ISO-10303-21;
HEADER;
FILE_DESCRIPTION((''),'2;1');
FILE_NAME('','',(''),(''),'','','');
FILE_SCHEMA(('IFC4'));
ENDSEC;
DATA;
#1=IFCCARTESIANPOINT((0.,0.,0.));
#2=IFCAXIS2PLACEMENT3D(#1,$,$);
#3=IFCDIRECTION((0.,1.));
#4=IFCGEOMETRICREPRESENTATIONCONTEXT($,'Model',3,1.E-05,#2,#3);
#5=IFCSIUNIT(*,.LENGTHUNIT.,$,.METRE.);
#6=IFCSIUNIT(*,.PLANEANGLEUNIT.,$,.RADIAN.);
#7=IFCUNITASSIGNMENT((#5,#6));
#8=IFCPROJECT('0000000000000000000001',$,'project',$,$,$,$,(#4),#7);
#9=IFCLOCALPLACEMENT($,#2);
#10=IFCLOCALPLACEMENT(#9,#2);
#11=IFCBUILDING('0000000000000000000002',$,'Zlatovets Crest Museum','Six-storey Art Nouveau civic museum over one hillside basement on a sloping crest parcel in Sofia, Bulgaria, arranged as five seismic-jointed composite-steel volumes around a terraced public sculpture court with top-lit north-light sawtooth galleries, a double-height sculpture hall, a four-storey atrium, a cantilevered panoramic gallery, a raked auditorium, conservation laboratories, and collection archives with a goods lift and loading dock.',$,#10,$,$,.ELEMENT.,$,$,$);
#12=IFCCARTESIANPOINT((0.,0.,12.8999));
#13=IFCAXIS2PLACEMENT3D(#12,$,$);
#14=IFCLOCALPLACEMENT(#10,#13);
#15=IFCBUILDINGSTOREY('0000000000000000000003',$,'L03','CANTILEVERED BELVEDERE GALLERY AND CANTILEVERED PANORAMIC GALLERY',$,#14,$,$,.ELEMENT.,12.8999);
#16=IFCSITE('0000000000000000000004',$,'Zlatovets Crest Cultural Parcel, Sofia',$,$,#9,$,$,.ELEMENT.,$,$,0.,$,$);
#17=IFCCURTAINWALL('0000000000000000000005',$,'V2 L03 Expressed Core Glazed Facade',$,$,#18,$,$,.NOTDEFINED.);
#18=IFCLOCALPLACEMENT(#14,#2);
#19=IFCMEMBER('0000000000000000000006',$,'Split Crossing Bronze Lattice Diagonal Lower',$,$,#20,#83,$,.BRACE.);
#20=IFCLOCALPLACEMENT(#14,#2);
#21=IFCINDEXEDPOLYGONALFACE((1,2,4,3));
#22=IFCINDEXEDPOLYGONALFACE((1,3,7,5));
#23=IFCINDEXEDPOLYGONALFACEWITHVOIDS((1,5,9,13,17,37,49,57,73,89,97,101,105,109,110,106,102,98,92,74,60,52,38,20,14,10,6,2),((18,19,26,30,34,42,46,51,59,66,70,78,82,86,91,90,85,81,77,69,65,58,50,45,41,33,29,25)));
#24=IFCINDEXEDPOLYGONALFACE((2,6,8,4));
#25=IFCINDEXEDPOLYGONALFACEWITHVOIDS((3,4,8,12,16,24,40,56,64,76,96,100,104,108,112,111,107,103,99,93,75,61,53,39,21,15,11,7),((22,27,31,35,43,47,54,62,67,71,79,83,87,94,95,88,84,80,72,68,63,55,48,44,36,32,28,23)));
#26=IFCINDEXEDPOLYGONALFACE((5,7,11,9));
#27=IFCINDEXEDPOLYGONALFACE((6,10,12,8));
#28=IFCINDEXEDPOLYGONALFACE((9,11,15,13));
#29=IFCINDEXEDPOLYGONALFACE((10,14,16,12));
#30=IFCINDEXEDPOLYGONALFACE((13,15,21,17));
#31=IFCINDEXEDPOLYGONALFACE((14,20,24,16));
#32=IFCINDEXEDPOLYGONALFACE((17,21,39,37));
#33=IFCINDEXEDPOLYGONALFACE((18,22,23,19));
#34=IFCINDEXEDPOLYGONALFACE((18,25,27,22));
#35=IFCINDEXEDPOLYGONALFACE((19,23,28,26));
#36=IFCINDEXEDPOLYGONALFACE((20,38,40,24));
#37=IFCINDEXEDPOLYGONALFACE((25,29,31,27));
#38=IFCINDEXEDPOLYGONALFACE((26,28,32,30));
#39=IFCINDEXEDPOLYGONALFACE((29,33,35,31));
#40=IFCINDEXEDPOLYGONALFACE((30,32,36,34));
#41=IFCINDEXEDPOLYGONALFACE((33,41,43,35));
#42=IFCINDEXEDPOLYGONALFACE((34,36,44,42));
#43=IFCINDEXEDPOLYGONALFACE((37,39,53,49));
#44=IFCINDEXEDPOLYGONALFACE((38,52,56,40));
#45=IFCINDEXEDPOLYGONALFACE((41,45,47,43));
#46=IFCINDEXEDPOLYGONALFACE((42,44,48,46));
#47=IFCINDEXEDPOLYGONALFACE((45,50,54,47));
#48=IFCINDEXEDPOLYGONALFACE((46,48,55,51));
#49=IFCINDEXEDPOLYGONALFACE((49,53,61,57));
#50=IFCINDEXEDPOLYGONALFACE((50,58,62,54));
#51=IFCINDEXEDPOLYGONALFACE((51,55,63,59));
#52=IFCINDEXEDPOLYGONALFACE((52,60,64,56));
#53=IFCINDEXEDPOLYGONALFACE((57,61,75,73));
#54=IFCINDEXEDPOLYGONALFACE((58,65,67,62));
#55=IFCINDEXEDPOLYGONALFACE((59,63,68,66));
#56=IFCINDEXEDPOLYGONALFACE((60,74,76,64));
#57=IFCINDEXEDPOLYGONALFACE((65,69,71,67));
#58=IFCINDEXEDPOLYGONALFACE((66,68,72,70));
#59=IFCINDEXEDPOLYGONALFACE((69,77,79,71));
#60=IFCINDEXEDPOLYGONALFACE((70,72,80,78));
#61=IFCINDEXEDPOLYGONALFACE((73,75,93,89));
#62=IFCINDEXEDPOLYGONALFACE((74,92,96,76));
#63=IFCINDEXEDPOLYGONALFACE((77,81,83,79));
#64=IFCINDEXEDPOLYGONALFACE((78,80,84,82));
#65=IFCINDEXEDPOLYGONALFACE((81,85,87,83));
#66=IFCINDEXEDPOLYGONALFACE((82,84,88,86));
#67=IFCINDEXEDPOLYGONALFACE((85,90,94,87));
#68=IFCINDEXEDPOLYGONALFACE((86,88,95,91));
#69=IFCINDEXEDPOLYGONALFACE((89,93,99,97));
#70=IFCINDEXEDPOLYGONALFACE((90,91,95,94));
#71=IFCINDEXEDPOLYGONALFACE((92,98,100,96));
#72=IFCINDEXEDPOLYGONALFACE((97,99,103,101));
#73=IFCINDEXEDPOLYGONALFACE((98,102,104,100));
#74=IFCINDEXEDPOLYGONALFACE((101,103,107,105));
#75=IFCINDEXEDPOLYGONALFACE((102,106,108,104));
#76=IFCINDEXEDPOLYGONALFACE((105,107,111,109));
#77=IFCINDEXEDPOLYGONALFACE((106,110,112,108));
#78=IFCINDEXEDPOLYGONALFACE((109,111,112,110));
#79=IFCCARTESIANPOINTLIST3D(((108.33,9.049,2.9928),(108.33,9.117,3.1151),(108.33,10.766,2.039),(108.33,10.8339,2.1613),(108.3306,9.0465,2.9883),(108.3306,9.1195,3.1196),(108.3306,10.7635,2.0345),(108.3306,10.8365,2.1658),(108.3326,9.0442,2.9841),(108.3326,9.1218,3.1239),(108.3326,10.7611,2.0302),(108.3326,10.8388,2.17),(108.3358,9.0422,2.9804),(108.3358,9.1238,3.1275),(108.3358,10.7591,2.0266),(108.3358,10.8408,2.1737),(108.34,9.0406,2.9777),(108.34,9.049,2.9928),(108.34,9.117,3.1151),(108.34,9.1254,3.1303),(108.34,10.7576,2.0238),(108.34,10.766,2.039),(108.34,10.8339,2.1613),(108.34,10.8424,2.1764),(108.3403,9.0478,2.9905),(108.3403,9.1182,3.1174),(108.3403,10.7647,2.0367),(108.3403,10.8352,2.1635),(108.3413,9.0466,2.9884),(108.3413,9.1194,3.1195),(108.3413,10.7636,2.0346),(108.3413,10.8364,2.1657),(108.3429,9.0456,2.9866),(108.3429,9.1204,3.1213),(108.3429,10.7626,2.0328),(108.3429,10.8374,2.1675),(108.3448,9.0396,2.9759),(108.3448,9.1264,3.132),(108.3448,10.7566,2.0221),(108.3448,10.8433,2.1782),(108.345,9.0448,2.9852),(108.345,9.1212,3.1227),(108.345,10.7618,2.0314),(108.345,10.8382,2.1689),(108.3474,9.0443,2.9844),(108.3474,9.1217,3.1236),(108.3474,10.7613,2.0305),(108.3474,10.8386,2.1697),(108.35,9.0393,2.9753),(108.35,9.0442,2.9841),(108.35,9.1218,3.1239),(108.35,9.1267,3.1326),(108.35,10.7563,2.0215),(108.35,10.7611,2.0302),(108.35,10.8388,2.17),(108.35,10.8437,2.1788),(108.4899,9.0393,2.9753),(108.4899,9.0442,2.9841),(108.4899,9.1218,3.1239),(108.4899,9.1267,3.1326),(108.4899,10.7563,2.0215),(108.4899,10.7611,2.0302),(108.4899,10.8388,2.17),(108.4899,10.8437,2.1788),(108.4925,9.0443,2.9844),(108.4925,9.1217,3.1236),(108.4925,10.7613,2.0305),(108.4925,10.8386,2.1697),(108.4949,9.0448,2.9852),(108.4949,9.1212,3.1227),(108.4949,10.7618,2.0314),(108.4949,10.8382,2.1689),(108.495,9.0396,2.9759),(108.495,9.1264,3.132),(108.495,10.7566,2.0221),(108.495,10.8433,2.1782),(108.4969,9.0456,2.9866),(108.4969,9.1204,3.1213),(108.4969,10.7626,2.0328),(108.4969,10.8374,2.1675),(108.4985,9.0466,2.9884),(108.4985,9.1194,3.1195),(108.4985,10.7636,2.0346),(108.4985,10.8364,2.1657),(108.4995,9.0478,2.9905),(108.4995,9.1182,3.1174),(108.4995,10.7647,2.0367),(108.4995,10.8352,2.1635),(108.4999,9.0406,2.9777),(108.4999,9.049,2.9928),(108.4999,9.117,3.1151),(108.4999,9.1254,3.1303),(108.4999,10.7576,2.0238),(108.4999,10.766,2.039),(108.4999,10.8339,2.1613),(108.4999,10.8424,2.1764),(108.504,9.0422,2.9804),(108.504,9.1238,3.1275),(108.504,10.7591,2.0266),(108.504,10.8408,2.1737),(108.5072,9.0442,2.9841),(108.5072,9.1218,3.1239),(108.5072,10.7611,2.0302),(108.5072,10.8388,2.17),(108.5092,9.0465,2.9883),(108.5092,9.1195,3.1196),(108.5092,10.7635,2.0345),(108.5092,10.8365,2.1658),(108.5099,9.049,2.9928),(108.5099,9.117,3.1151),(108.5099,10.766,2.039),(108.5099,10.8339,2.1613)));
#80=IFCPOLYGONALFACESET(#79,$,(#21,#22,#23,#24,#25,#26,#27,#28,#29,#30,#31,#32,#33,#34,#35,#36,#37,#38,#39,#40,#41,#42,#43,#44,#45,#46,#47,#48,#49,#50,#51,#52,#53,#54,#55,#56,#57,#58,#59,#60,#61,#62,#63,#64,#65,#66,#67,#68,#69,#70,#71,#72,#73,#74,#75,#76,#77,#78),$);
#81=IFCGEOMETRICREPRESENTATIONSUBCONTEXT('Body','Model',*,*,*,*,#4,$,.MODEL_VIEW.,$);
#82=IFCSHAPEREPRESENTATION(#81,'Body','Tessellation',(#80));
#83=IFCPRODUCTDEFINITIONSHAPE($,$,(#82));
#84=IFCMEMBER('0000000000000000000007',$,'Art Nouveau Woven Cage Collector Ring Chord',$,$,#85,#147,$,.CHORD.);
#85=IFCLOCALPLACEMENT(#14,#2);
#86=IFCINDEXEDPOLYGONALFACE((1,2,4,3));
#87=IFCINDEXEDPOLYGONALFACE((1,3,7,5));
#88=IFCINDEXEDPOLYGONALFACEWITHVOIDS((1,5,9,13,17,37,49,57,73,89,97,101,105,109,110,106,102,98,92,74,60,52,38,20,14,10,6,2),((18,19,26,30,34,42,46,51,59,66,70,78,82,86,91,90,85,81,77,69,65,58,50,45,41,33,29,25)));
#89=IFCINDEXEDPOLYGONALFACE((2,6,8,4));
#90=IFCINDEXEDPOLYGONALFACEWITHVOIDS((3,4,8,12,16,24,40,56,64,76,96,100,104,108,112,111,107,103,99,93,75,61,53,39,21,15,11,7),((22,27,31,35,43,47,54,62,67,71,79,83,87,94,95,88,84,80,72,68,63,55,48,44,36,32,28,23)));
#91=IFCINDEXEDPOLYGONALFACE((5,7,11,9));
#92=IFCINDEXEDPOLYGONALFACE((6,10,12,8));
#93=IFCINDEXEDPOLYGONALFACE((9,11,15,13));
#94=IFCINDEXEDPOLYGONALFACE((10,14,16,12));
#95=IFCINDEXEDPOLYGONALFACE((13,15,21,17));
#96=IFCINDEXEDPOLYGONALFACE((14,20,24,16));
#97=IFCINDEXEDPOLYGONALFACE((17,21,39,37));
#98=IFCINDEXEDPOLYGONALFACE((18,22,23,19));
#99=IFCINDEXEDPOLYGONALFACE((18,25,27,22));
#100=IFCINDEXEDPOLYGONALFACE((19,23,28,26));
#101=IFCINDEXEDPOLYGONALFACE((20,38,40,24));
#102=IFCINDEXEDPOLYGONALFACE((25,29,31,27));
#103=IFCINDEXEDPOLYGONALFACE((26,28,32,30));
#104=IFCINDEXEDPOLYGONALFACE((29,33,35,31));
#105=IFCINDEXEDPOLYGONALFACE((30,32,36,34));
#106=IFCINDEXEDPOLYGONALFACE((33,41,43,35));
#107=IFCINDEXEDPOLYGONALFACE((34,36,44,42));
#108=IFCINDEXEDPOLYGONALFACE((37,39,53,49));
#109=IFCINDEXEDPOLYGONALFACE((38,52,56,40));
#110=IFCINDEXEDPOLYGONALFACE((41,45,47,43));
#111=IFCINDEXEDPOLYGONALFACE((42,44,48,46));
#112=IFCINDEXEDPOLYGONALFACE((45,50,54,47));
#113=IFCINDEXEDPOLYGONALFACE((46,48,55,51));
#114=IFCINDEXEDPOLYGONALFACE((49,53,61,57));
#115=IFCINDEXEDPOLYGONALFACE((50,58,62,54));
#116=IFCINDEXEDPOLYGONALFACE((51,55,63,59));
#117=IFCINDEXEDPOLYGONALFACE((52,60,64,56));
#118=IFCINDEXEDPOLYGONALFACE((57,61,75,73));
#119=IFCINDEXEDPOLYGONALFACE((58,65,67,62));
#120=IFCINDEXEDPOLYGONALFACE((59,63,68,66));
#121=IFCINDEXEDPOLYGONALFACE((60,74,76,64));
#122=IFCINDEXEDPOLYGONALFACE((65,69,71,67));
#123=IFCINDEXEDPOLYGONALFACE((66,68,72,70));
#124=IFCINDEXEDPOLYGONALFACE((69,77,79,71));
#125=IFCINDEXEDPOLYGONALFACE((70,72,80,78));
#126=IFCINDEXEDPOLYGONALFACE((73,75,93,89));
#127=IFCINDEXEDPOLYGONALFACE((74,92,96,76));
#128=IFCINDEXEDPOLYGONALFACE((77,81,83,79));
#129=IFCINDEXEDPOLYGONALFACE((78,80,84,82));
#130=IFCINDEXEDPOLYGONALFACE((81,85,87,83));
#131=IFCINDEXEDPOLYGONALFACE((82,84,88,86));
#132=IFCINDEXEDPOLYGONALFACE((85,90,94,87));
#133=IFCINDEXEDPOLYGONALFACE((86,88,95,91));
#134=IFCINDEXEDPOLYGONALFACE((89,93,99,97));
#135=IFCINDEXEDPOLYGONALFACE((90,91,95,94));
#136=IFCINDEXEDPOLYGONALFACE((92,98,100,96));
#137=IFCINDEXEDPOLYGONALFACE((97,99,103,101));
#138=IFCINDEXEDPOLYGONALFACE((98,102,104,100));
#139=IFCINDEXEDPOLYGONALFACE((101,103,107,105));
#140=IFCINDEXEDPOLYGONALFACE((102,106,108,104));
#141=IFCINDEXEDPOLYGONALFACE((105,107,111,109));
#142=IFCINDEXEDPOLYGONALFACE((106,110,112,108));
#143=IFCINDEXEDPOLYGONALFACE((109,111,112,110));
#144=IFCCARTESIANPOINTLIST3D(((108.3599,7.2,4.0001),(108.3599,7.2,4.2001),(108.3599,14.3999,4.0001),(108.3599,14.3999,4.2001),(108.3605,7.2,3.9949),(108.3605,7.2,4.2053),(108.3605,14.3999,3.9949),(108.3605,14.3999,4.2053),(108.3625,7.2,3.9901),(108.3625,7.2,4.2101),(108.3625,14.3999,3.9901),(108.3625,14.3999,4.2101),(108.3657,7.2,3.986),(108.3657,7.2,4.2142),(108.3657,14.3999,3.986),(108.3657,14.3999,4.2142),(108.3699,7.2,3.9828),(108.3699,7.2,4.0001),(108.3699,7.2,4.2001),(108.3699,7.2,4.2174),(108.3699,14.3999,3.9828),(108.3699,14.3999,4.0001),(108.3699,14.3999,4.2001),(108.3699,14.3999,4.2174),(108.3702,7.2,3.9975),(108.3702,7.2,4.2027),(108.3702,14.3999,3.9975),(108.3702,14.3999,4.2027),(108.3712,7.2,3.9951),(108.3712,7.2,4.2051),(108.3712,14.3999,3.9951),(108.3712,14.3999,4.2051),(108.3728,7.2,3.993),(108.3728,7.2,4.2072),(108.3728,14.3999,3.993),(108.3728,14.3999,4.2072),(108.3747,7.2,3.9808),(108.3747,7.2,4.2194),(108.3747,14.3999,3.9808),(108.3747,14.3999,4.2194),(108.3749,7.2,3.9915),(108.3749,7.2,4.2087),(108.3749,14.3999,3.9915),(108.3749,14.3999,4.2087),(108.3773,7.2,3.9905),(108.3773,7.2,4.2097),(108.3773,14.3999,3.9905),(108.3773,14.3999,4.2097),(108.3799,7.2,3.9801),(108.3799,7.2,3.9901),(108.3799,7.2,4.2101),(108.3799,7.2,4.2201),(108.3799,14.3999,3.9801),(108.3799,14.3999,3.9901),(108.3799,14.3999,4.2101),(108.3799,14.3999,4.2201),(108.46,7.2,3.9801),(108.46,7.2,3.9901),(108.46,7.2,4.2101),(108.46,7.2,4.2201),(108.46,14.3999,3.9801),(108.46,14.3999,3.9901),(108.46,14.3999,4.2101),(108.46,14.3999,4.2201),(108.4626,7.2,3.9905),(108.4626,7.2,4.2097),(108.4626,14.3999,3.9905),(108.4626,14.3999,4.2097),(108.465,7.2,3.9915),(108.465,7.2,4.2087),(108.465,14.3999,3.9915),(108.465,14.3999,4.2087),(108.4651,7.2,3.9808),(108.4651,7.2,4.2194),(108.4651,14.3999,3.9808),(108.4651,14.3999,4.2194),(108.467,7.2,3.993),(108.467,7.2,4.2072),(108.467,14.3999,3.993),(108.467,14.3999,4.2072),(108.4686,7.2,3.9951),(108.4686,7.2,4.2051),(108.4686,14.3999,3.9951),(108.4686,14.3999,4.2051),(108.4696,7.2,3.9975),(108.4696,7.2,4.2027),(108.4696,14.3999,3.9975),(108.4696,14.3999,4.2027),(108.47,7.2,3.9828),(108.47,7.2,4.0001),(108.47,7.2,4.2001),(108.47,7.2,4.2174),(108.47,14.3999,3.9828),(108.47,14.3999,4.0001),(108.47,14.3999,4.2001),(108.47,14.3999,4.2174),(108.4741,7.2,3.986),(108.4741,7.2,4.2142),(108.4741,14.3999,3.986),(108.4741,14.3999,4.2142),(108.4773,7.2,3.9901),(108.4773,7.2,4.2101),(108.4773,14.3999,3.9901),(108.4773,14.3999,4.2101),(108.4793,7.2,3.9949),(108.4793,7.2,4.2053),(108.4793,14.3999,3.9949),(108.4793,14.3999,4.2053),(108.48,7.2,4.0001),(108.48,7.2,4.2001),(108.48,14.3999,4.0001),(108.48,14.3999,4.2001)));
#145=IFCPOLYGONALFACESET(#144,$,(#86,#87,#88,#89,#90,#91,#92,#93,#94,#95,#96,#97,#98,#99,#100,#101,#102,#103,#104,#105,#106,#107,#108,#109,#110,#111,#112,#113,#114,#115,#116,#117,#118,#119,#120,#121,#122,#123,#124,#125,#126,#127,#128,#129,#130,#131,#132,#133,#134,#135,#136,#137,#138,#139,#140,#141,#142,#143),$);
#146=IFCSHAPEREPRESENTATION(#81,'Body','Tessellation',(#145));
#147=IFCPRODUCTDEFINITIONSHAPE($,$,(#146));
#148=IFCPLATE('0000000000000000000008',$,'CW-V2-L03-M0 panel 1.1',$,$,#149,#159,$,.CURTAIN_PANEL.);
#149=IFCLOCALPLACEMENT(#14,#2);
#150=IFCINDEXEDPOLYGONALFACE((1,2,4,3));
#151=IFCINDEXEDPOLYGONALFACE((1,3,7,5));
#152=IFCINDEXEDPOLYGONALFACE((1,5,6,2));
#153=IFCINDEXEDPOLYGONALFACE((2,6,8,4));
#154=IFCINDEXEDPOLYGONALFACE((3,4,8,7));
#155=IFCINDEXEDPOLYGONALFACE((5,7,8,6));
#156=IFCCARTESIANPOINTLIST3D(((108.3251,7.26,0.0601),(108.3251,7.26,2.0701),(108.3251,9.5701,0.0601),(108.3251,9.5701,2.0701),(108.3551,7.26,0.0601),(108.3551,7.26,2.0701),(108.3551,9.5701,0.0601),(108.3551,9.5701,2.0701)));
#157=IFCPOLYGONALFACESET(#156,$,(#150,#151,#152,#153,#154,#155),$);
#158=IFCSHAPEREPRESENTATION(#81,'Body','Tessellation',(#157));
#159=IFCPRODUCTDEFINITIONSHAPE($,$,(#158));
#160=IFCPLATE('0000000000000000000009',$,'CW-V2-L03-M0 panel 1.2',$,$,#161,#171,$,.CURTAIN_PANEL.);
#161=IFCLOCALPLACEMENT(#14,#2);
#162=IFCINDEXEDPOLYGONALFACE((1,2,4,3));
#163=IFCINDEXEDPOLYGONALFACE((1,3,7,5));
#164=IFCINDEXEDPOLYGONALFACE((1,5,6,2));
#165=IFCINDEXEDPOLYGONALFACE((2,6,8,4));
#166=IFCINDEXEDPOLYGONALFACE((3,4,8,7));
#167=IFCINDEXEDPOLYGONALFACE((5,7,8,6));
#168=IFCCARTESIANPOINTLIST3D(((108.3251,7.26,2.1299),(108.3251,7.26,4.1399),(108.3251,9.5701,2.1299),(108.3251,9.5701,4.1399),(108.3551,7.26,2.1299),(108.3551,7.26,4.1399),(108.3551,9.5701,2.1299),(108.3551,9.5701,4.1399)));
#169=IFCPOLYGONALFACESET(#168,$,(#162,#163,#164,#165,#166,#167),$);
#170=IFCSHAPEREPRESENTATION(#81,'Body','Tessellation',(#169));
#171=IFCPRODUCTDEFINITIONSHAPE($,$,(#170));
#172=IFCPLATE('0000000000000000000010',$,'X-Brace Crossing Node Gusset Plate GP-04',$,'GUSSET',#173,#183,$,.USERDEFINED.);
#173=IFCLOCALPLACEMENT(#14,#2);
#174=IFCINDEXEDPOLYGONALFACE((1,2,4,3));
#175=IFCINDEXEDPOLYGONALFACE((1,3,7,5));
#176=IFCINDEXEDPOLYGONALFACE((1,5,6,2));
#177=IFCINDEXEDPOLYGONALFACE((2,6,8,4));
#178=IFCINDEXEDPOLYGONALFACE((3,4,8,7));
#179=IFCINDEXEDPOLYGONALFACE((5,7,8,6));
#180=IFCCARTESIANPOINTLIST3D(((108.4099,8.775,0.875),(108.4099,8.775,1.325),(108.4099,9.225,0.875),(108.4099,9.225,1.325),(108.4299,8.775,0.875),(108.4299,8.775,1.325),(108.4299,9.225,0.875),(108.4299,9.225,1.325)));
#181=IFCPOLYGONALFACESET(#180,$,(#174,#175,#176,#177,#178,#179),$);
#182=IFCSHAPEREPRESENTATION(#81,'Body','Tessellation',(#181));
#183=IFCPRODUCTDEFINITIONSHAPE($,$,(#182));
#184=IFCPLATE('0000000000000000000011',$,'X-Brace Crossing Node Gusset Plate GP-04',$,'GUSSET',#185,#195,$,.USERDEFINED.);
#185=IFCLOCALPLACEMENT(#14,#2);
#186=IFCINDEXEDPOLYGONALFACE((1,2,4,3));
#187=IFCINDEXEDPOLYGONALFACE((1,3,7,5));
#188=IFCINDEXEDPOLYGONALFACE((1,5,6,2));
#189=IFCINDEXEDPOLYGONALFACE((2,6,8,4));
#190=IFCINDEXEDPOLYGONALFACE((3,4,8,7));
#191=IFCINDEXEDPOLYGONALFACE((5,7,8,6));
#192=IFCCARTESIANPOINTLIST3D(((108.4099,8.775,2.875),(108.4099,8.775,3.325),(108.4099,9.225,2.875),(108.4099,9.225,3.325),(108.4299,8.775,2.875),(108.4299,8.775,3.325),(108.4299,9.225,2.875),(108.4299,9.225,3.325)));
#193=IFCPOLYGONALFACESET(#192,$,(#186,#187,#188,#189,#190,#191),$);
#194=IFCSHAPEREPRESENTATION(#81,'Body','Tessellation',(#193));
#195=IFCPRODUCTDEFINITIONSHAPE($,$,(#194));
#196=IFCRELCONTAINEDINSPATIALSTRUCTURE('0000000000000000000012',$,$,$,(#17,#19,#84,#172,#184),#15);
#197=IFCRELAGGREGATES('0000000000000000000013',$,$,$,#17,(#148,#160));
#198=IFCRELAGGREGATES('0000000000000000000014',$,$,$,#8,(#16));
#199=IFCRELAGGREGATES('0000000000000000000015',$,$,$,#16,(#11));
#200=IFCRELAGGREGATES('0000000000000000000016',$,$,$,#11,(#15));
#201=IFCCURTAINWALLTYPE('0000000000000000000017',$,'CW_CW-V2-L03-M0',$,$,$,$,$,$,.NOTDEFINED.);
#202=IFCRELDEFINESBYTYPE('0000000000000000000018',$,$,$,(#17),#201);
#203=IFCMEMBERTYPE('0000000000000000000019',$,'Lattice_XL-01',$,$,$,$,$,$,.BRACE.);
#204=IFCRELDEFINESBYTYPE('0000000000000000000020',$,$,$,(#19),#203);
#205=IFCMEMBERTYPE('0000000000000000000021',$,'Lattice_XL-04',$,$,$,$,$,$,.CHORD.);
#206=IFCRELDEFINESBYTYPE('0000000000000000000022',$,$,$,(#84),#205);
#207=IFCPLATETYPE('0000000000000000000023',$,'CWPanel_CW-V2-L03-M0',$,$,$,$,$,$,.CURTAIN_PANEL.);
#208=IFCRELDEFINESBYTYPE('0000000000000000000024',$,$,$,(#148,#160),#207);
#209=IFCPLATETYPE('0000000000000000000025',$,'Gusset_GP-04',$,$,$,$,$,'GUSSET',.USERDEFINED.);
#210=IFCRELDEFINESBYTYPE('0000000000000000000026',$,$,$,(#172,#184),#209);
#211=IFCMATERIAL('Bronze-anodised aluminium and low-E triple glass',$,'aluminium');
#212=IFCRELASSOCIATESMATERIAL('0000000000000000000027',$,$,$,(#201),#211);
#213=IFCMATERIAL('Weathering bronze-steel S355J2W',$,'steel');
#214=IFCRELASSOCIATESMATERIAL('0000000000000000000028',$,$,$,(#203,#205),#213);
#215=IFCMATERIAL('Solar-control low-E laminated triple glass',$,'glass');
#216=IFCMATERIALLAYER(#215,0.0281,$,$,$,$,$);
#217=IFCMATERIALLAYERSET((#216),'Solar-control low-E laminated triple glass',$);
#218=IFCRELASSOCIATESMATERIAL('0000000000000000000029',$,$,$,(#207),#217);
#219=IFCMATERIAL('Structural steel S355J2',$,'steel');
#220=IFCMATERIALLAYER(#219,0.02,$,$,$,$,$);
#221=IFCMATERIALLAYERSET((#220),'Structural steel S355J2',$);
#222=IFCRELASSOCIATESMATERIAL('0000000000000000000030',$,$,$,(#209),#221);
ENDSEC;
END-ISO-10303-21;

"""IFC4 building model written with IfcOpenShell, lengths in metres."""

from ifc_helpers import new_model, si_unit, direction, frame, origin, origin_2d, place, context, subcontext, project, spatial, rectangle, hollow_rectangle, extrude, material, layer, layer_set, material_profile, profile_set, type_object, element, aggregate, save


model = new_model("IFC4")

# Units and contexts
model_context = context("Model", 3, precision=1e-05, world=origin(), true_north=direction((0.0, 1.0)))
body_context = subcontext(model_context, "Body", "Model", "MODEL_VIEW")
ifc_project = project(units=[si_unit("LENGTHUNIT", "METRE"), si_unit("PLANEANGLEUNIT", "RADIAN")], contexts=[model_context])

# Site, building, storey
site_placement = place(None, origin())
site = spatial("IfcSite", under=ifc_project, at=site_placement, Name="Zlatovets Crest Cultural Parcel, Sofia", CompositionType="ELEMENT", RefElevation=0.0)
building_placement = place(site_placement, origin())
building = spatial("IfcBuilding", under=site, at=building_placement, Name="Zlatovets Crest Museum", Description="Six-storey Art Nouveau civic museum over one hillside basement on a sloping crest parcel in Sofia, Bulgaria, arranged as five seismic-jointed composite-steel volumes around a terraced public sculpture court with top-lit north-light sawtooth galleries, a double-height sculpture hall, a four-storey atrium, a cantilevered panoramic gallery, a raked auditorium, conservation laboratories, and collection archives with a goods lift and loading dock.", CompositionType="ELEMENT")
storey_placement = place(building_placement, frame((0.0, 0.0, 12.8999)))
storey = spatial("IfcBuildingStorey", under=building, at=storey_placement, Name="L03", Description="CANTILEVERED BELVEDERE GALLERY AND CANTILEVERED PANORAMIC GALLERY", CompositionType="ELEMENT", Elevation=12.8999)

# Shared definitions
ifc_material_1 = material(Name="Structural steel S355J2", Category="steel")

# Curtain wall
ifc_material_2 = material(Name="Bronze-anodised aluminium and low-E triple glass", Category="aluminium")
curtain_wall_type = type_object("IfcCurtainWallType", Name="CW_CW-V2-L03-M0", PredefinedType="NOTDEFINED", material=ifc_material_2)
curtain_wall_placement = place(storey_placement, origin())
curtain_wall = element("IfcCurtainWall", 1, at=curtain_wall_placement, inside=storey, type_object=curtain_wall_type, Name="V2 L03 Expressed Core Glazed Facade", PredefinedType="NOTDEFINED")

# Members
ifc_material_3 = material(Name="Weathering bronze-steel S355J2W", Category="steel")
ifc_material_profile_1 = material_profile(ifc_material_3, hollow_rectangle(XDim=0.1799, YDim=0.1799, WallThickness=0.01, InnerFilletRadius=0.01, OuterFilletRadius=0.02, at=origin_2d()), Name="SHS 180x180x10.0")
ifc_profile_set_1 = profile_set([ifc_material_profile_1], Name="Weathering bronze-steel S355J2W")
member_type_1 = type_object("IfcMemberType", Name="Lattice_XL-01", PredefinedType="BRACE", material=ifc_profile_set_1)
for number, where, z_axis, x_axis, name in (
    (2, (108.4199, 9.083, 3.054), (0.0, 0.874169, -0.485622), (-1.0, 0.0, 0.0), "Split Crossing Bronze Lattice Diagonal Lower"),
):
    element("IfcMember", number, at=place(storey_placement, frame(where, z_axis=z_axis, x_axis=x_axis)), inside=storey, type_object=member_type_1, Name=name, PredefinedType="BRACE", context=body_context, shape_type="SweptSolid", body=[
        extrude(hollow_rectangle(XDim=0.1799, YDim=0.1799, WallThickness=0.01, InnerFilletRadius=0.01, OuterFilletRadius=0.02, at=origin_2d()), origin(), (0.0, 0.0, 1.0), 1.9641),
    ])
ifc_material_profile_2 = material_profile(ifc_material_3, hollow_rectangle(XDim=0.1201, YDim=0.24, WallThickness=0.01, InnerFilletRadius=0.01, OuterFilletRadius=0.02, at=origin_2d()), Name="RHS 120x240x10.0")
ifc_profile_set_2 = profile_set([ifc_material_profile_2], Name="Weathering bronze-steel S355J2W")
member_type_2 = type_object("IfcMemberType", Name="Lattice_XL-04", PredefinedType="CHORD", material=ifc_profile_set_2)
member_1_placement = place(storey_placement, frame((108.4199, 7.2, 4.1001), z_axis=(0.0, 1.0, 0.0), x_axis=(-1.0, 0.0, 0.0)))
element("IfcMember", 3, at=member_1_placement, inside=storey, type_object=member_type_2, Name="Art Nouveau Woven Cage Collector Ring Chord", PredefinedType="CHORD", context=body_context, shape_type="SweptSolid", body=[
    extrude(hollow_rectangle(XDim=0.1201, YDim=0.24, WallThickness=0.01, InnerFilletRadius=0.01, OuterFilletRadius=0.02, at=origin_2d()), origin(), (0.0, 0.0, 1.0), 7.2),
])

# Plates
ifc_material_4 = material(Name="Solar-control low-E laminated triple glass", Category="glass")
ifc_layer_1 = layer(ifc_material_4, 0.0281)
ifc_layer_set_1 = layer_set([ifc_layer_1], Name="Solar-control low-E laminated triple glass")
plate_type_1 = type_object("IfcPlateType", Name="CWPanel_CW-V2-L03-M0", PredefinedType="CURTAIN_PANEL", material=ifc_layer_set_1)
plate_1_placement = place(storey_placement, frame((108.3401, 8.415, 0.0601), z_axis=(0.0, 0.0, 1.0), x_axis=(0.0, 1.0, 0.0)))
plate_1 = element("IfcPlate", 4, at=plate_1_placement, type_object=plate_type_1, Name="CW-V2-L03-M0 panel 1.1", PredefinedType="CURTAIN_PANEL", context=body_context, shape_type="SweptSolid", body=[
    extrude(rectangle(XDim=2.3101, YDim=0.03, at=origin_2d()), origin(), (0.0, 0.0, 1.0), 2.01),
])
plate_2_placement = place(storey_placement, frame((108.3401, 8.415, 2.1299), z_axis=(0.0, 0.0, 1.0), x_axis=(0.0, 1.0, 0.0)))
plate_2 = element("IfcPlate", 5, at=plate_2_placement, type_object=plate_type_1, Name="CW-V2-L03-M0 panel 1.2", PredefinedType="CURTAIN_PANEL", context=body_context, shape_type="SweptSolid", body=[
    extrude(rectangle(XDim=2.3101, YDim=0.03, at=origin_2d()), origin(), (0.0, 0.0, 1.0), 2.01),
])
aggregate(curtain_wall, [plate_1, plate_2])

# Plates
ifc_layer_2 = layer(ifc_material_1, 0.02)
ifc_layer_set_2 = layer_set([ifc_layer_2], Name="Structural steel S355J2")
plate_type_2 = type_object("IfcPlateType", Name="Gusset_GP-04", ElementType="GUSSET", PredefinedType="USERDEFINED", material=ifc_layer_set_2)
for number, where, z_axis, x_axis, name in (
    (6, (108.4199, 9.0, 0.875), (0.0, 0.0, 1.0), (1.0, 0.0, 0.0), "X-Brace Crossing Node Gusset Plate GP-04"),
    (7, (108.4199, 9.0, 2.875), (0.0, 0.0, 1.0), (1.0, 0.0, 0.0), "X-Brace Crossing Node Gusset Plate GP-04"),
):
    element("IfcPlate", number, at=place(storey_placement, frame(where, z_axis=z_axis, x_axis=x_axis)), inside=storey, type_object=plate_type_2, Name=name, ObjectType="GUSSET", PredefinedType="USERDEFINED", context=body_context, shape_type="SweptSolid", body=[
        extrude(rectangle(XDim=0.02, YDim=0.45, at=origin_2d()), origin(), (0.0, 0.0, 1.0), 0.45),
    ])

save(model, "model.ifc")
